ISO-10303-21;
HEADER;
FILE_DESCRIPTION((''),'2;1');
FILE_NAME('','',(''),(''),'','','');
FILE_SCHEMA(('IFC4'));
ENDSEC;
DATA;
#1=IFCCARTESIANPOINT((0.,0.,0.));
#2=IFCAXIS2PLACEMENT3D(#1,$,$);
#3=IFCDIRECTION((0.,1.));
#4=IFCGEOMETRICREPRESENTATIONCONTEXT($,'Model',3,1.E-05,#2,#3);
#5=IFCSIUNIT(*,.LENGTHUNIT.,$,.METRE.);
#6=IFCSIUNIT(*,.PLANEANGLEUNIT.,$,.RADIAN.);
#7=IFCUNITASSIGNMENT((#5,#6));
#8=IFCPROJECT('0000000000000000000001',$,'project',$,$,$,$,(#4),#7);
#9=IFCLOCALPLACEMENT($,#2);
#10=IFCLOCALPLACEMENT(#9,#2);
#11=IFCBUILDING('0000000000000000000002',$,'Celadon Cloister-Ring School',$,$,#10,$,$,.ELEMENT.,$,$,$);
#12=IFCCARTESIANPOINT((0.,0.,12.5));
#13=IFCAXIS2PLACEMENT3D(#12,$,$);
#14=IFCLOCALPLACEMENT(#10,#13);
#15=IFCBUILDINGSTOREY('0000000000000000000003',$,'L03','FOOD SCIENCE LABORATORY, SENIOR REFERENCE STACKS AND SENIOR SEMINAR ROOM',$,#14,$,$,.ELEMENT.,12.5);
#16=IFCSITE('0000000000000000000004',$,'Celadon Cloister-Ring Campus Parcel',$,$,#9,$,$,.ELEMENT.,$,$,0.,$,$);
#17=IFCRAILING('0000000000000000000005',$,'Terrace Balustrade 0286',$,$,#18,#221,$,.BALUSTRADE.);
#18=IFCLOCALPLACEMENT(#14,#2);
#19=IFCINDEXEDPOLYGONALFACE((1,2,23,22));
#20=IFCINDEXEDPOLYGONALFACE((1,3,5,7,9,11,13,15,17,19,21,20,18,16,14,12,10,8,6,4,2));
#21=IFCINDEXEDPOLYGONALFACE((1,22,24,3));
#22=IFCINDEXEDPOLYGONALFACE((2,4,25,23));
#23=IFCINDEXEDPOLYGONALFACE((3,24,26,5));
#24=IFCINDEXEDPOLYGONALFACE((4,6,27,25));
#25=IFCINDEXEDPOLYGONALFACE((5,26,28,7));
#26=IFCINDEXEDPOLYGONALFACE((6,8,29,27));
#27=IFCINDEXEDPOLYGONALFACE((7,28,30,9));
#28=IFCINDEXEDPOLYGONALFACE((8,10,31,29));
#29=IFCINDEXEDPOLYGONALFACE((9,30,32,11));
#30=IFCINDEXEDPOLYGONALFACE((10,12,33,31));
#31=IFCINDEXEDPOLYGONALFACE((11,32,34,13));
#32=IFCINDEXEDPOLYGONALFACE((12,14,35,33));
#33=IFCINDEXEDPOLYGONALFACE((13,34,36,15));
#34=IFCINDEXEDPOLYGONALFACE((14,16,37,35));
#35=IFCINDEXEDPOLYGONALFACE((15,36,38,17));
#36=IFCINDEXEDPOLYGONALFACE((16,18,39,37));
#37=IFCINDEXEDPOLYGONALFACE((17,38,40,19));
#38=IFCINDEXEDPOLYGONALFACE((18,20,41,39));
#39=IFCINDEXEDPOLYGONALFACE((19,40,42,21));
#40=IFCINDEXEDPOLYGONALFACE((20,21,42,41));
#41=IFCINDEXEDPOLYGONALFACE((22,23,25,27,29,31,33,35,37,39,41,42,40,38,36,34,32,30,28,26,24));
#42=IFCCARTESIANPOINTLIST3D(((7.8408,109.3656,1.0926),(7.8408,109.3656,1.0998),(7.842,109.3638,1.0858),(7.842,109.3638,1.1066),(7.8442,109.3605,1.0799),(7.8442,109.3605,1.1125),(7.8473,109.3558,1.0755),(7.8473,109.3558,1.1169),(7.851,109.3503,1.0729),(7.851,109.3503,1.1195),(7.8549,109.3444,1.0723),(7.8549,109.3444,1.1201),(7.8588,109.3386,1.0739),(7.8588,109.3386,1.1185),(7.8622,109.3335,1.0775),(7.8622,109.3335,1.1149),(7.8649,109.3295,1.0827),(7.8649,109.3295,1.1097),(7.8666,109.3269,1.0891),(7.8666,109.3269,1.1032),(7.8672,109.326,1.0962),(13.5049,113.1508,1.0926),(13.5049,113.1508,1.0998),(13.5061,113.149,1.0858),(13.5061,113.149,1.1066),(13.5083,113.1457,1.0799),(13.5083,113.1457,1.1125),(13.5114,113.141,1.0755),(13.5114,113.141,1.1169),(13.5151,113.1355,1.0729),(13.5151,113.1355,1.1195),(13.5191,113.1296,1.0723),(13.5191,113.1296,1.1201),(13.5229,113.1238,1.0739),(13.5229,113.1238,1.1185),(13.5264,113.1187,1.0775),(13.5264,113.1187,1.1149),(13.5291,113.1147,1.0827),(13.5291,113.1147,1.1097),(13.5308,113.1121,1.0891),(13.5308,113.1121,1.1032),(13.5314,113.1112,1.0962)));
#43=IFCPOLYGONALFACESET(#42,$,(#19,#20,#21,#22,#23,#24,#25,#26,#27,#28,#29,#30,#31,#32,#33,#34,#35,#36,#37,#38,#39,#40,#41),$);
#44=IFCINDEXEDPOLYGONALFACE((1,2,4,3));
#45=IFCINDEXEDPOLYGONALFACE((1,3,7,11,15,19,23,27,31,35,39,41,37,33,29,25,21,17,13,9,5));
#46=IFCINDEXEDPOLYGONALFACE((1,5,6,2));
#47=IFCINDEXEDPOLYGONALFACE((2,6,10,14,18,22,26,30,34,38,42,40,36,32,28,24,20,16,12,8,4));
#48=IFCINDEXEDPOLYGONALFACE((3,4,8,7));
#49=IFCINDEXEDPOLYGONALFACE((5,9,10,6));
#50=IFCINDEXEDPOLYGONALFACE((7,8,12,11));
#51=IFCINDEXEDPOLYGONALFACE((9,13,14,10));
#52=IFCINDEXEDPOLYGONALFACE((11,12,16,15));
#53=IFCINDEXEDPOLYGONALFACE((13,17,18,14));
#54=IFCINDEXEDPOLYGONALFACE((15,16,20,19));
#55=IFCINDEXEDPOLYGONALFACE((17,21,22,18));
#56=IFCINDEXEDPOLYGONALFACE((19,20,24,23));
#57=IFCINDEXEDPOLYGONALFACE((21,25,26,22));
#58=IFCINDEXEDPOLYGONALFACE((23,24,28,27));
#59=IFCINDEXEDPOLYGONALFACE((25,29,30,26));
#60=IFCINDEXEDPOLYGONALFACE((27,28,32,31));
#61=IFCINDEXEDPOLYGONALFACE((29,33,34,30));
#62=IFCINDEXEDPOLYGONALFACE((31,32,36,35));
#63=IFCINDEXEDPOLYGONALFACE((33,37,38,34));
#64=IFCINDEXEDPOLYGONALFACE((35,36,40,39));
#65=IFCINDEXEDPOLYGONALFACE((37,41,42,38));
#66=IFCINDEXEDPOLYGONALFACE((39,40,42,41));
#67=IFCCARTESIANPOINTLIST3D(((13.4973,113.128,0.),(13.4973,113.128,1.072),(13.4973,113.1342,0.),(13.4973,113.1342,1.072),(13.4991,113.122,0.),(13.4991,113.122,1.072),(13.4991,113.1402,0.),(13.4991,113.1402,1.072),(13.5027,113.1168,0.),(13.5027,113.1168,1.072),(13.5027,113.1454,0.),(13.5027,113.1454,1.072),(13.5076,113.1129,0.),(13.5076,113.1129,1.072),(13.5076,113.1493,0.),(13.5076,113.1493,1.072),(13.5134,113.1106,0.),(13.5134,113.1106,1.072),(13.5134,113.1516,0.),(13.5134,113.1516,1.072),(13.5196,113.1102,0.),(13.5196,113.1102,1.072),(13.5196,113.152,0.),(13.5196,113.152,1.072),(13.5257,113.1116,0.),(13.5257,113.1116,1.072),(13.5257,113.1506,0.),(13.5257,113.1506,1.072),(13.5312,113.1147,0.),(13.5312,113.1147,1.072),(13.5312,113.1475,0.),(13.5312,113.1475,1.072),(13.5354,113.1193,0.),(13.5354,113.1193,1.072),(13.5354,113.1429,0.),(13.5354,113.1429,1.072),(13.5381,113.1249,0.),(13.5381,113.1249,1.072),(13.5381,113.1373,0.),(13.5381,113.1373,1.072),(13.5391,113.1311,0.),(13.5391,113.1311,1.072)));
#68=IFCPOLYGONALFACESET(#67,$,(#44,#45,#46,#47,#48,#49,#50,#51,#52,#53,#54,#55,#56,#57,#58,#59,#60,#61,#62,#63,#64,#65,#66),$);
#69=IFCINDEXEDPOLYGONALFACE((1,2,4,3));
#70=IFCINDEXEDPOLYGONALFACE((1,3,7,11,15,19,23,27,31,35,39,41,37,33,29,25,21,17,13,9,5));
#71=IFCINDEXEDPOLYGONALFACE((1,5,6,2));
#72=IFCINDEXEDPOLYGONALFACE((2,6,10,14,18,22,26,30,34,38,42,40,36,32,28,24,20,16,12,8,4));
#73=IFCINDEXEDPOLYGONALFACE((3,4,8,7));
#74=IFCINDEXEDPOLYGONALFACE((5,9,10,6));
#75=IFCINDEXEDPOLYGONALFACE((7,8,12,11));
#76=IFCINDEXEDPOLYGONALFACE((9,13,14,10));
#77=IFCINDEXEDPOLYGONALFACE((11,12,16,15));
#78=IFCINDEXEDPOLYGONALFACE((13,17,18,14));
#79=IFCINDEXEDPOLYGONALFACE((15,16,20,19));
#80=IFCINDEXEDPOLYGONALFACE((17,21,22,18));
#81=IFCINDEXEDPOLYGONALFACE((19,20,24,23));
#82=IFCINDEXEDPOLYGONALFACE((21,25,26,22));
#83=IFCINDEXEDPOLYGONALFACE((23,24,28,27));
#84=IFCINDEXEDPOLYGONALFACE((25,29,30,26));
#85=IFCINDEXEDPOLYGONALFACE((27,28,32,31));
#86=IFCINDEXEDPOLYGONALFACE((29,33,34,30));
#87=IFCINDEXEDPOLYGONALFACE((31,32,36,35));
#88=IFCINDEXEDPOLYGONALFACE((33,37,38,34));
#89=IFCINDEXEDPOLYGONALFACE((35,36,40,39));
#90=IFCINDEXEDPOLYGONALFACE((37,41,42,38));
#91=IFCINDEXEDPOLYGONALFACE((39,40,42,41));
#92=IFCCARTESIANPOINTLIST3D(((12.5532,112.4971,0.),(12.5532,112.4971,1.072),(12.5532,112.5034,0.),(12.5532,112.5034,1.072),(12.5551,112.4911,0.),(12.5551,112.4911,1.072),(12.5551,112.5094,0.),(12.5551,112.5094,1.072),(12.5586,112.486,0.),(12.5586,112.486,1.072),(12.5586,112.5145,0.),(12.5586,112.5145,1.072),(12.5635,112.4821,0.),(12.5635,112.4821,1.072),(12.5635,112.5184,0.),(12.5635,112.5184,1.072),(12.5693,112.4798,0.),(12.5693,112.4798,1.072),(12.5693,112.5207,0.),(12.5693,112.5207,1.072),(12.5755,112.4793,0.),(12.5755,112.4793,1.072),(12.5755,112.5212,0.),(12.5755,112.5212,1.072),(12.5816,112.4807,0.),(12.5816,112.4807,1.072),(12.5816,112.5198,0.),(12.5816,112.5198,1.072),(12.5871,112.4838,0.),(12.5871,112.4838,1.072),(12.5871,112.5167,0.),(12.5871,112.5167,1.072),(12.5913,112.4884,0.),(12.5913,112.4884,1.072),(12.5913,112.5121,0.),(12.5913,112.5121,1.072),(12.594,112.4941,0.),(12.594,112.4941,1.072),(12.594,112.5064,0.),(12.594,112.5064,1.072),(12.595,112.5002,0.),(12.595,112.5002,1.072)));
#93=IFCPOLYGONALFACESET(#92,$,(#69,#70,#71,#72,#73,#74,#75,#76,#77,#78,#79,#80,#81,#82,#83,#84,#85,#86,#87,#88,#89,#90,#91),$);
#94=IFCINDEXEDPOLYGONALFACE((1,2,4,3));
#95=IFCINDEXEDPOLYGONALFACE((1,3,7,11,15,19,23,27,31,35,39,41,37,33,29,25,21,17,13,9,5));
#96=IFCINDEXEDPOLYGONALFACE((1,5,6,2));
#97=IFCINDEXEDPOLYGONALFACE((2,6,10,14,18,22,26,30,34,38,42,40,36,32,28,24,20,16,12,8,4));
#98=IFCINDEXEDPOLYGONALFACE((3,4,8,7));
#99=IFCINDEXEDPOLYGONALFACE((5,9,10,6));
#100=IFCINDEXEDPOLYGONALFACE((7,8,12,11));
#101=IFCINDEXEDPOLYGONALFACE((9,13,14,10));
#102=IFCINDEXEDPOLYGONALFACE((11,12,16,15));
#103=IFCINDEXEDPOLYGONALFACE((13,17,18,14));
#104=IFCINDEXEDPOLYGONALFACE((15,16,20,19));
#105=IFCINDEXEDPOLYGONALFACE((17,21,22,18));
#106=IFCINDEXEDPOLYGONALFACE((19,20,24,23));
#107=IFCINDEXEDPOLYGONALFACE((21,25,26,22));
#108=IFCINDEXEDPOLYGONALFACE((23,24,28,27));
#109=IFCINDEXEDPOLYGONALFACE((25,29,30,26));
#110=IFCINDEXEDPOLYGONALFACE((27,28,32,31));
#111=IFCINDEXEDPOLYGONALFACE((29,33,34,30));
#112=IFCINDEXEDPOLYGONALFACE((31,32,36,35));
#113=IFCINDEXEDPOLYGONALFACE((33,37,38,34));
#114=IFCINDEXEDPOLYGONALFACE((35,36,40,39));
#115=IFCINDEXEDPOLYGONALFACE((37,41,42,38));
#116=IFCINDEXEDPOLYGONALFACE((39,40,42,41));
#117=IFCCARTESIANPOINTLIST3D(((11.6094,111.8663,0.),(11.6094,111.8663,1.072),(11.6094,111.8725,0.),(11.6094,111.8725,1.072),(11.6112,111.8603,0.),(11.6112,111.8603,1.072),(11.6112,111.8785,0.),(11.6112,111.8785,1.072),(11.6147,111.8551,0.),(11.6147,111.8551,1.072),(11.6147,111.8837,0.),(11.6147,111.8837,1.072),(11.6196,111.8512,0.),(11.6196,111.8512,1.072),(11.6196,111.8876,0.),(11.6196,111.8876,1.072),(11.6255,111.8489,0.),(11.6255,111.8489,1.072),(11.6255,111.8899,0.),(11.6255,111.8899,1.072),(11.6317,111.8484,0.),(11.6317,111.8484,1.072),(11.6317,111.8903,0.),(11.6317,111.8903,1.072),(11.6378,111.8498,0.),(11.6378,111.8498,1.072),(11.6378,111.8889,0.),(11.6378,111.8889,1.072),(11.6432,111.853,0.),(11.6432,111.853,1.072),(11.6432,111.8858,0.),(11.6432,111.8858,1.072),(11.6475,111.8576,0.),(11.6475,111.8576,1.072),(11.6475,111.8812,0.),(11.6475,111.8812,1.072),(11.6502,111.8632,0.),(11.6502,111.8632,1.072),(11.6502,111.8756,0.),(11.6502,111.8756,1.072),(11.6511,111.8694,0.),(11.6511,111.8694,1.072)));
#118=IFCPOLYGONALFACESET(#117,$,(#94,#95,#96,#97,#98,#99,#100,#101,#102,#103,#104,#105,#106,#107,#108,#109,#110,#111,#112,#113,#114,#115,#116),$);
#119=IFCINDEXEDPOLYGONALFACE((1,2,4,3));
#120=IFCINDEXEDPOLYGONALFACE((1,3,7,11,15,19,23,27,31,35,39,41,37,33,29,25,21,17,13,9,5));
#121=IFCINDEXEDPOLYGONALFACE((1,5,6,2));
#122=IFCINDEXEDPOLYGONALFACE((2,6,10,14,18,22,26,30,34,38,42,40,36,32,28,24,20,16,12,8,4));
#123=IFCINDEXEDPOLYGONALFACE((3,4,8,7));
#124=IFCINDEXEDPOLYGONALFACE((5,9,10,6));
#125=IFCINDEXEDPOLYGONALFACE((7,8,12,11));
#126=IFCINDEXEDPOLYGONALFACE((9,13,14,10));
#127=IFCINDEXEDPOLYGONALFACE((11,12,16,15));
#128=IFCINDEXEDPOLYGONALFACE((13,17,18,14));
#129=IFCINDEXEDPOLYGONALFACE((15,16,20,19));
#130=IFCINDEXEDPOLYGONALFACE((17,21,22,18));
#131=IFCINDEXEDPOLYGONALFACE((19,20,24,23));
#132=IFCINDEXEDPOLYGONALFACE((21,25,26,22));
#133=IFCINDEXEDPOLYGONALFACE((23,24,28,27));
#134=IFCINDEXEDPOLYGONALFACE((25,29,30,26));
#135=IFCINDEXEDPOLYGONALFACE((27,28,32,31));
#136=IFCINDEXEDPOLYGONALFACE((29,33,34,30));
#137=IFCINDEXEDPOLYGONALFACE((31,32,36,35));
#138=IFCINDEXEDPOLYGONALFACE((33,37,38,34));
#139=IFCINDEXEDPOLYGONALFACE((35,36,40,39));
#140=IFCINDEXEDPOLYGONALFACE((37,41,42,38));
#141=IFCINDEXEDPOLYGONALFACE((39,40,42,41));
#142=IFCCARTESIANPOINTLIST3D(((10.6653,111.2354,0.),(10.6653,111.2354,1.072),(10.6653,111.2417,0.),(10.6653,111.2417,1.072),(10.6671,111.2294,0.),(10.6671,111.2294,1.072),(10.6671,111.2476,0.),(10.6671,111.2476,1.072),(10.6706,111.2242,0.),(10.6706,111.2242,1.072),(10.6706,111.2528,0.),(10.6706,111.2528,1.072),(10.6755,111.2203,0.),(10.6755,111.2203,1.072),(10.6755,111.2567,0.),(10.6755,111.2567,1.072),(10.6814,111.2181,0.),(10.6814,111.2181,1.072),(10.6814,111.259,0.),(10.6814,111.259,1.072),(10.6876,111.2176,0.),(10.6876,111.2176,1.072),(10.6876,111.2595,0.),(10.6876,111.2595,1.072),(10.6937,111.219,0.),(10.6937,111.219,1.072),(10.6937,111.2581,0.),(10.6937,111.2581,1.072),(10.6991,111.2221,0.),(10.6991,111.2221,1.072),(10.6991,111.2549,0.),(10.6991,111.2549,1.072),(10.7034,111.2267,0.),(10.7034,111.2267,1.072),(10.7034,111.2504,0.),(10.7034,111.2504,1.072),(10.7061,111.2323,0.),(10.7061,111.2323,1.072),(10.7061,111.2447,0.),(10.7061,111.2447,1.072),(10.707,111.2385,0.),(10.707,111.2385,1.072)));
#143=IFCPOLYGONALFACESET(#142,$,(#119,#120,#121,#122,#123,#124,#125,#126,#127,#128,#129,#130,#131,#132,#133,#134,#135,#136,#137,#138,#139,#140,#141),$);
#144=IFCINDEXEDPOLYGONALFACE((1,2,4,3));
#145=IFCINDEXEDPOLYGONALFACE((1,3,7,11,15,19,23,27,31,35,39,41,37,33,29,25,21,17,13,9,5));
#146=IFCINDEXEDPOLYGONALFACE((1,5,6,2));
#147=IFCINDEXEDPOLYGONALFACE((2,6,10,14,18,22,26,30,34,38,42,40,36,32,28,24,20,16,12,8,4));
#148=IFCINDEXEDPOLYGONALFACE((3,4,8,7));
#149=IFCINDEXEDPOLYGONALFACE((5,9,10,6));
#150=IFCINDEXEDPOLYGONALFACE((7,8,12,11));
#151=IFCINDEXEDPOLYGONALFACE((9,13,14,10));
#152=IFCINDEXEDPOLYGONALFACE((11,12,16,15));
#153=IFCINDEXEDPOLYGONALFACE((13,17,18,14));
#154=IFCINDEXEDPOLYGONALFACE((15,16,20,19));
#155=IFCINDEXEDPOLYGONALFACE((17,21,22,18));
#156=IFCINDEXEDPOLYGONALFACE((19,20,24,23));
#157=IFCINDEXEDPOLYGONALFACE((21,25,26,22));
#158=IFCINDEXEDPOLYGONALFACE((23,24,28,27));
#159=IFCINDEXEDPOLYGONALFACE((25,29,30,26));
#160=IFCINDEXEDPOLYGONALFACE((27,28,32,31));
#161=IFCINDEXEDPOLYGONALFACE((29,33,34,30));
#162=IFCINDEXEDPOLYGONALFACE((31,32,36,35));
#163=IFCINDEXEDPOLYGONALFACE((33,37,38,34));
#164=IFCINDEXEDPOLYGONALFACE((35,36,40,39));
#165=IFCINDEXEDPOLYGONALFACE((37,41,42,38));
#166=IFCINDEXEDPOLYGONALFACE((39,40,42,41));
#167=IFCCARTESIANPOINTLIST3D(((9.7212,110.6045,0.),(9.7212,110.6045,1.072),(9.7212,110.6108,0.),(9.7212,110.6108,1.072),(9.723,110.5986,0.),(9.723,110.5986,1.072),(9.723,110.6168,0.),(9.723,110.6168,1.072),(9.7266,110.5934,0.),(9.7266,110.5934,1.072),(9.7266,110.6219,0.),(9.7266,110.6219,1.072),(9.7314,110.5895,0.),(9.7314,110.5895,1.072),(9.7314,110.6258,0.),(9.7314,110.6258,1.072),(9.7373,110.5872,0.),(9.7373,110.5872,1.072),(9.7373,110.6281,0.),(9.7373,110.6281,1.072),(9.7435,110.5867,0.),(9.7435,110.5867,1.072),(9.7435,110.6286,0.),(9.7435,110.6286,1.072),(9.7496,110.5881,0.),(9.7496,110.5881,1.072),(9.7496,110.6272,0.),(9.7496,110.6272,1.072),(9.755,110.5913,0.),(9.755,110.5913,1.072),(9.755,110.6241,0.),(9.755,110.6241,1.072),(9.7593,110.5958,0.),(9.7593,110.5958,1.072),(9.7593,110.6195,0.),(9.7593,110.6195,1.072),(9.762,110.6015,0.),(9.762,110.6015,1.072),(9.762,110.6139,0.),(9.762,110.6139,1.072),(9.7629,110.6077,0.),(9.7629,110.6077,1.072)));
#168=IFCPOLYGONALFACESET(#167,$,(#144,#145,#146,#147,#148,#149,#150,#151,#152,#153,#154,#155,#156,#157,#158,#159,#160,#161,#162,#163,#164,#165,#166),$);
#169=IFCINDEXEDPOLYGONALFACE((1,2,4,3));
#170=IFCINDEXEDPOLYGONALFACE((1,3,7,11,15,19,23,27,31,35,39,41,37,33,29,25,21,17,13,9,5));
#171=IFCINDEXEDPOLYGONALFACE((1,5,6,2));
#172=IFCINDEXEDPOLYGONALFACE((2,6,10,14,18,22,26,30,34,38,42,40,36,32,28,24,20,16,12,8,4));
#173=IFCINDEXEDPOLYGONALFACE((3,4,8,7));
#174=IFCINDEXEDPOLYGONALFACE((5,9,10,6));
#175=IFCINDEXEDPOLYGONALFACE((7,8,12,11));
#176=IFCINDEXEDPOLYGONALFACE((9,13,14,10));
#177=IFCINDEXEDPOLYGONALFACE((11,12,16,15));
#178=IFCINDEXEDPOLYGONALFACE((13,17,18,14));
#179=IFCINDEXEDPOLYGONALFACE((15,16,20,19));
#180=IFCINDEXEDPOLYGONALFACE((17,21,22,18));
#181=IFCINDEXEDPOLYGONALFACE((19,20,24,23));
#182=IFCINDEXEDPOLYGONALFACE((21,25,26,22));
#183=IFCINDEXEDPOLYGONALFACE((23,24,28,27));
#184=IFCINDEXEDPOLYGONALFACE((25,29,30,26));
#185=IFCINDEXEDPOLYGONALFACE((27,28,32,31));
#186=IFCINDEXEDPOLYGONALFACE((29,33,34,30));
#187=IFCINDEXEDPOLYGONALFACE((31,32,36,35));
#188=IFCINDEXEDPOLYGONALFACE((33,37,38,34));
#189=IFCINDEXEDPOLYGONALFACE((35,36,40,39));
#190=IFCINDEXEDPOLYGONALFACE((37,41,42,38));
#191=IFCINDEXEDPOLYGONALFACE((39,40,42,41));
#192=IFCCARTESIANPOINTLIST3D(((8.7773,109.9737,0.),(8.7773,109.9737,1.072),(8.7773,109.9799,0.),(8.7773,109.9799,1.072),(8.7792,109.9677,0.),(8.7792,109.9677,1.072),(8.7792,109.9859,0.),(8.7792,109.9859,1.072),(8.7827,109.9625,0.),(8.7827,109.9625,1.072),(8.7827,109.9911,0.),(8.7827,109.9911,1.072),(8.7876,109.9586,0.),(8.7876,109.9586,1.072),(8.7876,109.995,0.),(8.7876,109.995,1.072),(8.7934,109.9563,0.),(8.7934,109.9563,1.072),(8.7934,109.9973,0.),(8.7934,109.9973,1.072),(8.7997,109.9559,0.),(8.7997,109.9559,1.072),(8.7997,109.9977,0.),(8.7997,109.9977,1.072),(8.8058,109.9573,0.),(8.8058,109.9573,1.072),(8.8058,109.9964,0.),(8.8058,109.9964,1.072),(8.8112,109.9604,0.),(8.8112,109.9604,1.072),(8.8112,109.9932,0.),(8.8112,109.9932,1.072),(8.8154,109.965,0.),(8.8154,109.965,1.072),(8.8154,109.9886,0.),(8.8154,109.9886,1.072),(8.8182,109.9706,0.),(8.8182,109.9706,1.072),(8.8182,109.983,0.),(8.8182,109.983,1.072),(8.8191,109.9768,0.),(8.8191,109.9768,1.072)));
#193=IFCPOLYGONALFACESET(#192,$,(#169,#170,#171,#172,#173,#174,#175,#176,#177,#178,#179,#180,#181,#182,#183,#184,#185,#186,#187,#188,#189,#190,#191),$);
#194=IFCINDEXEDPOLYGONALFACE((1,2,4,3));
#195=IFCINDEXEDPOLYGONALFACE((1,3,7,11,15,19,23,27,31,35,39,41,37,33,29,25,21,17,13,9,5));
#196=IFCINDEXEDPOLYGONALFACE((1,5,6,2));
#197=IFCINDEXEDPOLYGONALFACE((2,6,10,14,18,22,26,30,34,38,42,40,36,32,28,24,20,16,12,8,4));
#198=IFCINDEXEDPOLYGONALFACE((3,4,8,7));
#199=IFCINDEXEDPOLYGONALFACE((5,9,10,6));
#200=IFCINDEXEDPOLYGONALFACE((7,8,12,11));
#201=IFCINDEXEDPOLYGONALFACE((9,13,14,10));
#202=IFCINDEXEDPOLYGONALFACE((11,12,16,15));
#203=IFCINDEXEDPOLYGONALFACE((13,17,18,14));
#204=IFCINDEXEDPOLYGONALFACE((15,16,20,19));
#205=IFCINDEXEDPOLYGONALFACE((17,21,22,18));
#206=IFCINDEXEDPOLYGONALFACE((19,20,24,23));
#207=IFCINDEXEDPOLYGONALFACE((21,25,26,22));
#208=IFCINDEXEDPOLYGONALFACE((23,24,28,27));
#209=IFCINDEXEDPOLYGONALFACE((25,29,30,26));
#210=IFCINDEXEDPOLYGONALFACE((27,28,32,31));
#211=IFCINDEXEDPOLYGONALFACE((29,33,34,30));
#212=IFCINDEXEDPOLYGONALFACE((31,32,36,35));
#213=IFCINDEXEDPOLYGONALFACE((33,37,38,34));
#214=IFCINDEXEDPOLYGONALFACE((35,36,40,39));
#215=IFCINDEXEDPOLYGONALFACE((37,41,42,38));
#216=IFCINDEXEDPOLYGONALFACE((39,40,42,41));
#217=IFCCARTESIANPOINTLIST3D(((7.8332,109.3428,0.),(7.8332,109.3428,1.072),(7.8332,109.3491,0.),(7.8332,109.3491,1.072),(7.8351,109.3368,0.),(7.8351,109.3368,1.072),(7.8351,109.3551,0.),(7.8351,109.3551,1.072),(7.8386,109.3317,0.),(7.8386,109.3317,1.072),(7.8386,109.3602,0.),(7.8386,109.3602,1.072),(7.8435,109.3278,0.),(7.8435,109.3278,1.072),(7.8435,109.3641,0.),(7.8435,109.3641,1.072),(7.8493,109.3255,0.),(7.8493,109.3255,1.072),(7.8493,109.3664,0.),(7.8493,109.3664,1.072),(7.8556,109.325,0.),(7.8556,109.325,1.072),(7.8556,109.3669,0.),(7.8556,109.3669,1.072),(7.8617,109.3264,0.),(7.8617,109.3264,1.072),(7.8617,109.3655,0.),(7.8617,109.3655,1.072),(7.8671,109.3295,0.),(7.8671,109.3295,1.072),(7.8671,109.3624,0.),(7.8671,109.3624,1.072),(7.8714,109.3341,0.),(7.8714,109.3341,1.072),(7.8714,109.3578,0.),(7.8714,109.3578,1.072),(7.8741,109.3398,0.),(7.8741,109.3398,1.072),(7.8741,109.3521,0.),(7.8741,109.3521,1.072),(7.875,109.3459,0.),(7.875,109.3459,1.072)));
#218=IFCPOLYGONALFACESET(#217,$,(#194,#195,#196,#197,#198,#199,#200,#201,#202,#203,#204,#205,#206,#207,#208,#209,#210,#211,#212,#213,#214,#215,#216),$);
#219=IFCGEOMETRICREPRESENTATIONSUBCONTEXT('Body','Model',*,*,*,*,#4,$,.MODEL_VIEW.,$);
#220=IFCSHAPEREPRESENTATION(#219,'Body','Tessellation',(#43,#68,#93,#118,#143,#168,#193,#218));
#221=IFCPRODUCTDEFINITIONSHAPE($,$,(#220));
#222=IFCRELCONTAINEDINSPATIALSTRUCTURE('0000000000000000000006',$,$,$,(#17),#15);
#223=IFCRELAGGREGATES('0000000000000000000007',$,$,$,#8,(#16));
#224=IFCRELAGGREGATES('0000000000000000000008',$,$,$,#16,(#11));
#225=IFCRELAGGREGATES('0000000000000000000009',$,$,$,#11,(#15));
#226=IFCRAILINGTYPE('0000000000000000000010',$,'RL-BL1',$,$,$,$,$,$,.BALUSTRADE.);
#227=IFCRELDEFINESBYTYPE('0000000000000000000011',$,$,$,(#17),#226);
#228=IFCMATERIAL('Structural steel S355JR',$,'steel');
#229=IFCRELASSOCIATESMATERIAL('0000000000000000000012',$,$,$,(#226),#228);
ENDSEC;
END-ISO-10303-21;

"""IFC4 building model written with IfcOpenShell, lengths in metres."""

from ifc_helpers import new_model, si_unit, direction, frame, origin, origin_2d, place, context, subcontext, project, spatial, circle, extrude, material, type_object, element, save


model = new_model("IFC4")

# Units and contexts
model_context = context("Model", 3, precision=1e-05, world=origin(), true_north=direction((0.0, 1.0)))
body_context = subcontext(model_context, "Body", "Model", "MODEL_VIEW")
ifc_project = project(units=[si_unit("LENGTHUNIT", "METRE"), si_unit("PLANEANGLEUNIT", "RADIAN")], contexts=[model_context])

# Site, building, storey
site_placement = place(None, origin())
site = spatial("IfcSite", under=ifc_project, at=site_placement, Name="Celadon Cloister-Ring Campus Parcel", CompositionType="ELEMENT", RefElevation=0.0)
building_placement = place(site_placement, origin())
building = spatial("IfcBuilding", under=site, at=building_placement, Name="Celadon Cloister-Ring School", CompositionType="ELEMENT")
storey_placement = place(building_placement, frame((0.0, 0.0, 12.5)))
storey = spatial("IfcBuildingStorey", under=building, at=storey_placement, Name="L03", Description="FOOD SCIENCE LABORATORY, SENIOR REFERENCE STACKS AND SENIOR SEMINAR ROOM", CompositionType="ELEMENT", Elevation=12.5)

# Railing
ifc_material_1 = material(Name="Structural steel S355JR", Category="steel")
railing_type = type_object("IfcRailingType", Name="RL-BL1", PredefinedType="BALUSTRADE", material=ifc_material_1)
railing_1_placement = place(storey_placement, frame((13.5181, 113.1311, 0.0)))
element("IfcRailing", 1, at=railing_1_placement, inside=storey, type_object=railing_type, Name="Terrace Balustrade 0286", PredefinedType="BALUSTRADE", context=body_context, shape_type="SweptSolid", body=[
    extrude(circle(Radius=0.0239, at=origin_2d()), frame((0.0, 0.0, 1.0962), z_axis=(-0.831432, -0.555626, 0.0), x_axis=(0.555626, -0.831432, 0.0)), (0.0, 0.0, 1.0), 6.8125),
    extrude(circle(Radius=0.021, at=origin_2d()), origin(), (0.0, 0.0, 1.0), 1.072),
    extrude(circle(Radius=0.021, at=origin_2d()), frame((-0.9441, -0.6309, 0.0)), (0.0, 0.0, 1.0), 1.072),
    extrude(circle(Radius=0.021, at=origin_2d()), frame((-1.8879, -1.2617, 0.0)), (0.0, 0.0, 1.0), 1.072),
    extrude(circle(Radius=0.021, at=origin_2d()), frame((-2.832, -1.8926, 0.0)), (0.0, 0.0, 1.0), 1.072),
    extrude(circle(Radius=0.021, at=origin_2d()), frame((-3.7761, -2.5234, 0.0)), (0.0, 0.0, 1.0), 1.072),
    extrude(circle(Radius=0.021, at=origin_2d()), frame((-4.72, -3.1543, 0.0)), (0.0, 0.0, 1.0), 1.072),
    extrude(circle(Radius=0.021, at=origin_2d()), frame((-5.6641, -3.7852, 0.0)), (0.0, 0.0, 1.0), 1.072),
])

save(model, "model.ifc")
